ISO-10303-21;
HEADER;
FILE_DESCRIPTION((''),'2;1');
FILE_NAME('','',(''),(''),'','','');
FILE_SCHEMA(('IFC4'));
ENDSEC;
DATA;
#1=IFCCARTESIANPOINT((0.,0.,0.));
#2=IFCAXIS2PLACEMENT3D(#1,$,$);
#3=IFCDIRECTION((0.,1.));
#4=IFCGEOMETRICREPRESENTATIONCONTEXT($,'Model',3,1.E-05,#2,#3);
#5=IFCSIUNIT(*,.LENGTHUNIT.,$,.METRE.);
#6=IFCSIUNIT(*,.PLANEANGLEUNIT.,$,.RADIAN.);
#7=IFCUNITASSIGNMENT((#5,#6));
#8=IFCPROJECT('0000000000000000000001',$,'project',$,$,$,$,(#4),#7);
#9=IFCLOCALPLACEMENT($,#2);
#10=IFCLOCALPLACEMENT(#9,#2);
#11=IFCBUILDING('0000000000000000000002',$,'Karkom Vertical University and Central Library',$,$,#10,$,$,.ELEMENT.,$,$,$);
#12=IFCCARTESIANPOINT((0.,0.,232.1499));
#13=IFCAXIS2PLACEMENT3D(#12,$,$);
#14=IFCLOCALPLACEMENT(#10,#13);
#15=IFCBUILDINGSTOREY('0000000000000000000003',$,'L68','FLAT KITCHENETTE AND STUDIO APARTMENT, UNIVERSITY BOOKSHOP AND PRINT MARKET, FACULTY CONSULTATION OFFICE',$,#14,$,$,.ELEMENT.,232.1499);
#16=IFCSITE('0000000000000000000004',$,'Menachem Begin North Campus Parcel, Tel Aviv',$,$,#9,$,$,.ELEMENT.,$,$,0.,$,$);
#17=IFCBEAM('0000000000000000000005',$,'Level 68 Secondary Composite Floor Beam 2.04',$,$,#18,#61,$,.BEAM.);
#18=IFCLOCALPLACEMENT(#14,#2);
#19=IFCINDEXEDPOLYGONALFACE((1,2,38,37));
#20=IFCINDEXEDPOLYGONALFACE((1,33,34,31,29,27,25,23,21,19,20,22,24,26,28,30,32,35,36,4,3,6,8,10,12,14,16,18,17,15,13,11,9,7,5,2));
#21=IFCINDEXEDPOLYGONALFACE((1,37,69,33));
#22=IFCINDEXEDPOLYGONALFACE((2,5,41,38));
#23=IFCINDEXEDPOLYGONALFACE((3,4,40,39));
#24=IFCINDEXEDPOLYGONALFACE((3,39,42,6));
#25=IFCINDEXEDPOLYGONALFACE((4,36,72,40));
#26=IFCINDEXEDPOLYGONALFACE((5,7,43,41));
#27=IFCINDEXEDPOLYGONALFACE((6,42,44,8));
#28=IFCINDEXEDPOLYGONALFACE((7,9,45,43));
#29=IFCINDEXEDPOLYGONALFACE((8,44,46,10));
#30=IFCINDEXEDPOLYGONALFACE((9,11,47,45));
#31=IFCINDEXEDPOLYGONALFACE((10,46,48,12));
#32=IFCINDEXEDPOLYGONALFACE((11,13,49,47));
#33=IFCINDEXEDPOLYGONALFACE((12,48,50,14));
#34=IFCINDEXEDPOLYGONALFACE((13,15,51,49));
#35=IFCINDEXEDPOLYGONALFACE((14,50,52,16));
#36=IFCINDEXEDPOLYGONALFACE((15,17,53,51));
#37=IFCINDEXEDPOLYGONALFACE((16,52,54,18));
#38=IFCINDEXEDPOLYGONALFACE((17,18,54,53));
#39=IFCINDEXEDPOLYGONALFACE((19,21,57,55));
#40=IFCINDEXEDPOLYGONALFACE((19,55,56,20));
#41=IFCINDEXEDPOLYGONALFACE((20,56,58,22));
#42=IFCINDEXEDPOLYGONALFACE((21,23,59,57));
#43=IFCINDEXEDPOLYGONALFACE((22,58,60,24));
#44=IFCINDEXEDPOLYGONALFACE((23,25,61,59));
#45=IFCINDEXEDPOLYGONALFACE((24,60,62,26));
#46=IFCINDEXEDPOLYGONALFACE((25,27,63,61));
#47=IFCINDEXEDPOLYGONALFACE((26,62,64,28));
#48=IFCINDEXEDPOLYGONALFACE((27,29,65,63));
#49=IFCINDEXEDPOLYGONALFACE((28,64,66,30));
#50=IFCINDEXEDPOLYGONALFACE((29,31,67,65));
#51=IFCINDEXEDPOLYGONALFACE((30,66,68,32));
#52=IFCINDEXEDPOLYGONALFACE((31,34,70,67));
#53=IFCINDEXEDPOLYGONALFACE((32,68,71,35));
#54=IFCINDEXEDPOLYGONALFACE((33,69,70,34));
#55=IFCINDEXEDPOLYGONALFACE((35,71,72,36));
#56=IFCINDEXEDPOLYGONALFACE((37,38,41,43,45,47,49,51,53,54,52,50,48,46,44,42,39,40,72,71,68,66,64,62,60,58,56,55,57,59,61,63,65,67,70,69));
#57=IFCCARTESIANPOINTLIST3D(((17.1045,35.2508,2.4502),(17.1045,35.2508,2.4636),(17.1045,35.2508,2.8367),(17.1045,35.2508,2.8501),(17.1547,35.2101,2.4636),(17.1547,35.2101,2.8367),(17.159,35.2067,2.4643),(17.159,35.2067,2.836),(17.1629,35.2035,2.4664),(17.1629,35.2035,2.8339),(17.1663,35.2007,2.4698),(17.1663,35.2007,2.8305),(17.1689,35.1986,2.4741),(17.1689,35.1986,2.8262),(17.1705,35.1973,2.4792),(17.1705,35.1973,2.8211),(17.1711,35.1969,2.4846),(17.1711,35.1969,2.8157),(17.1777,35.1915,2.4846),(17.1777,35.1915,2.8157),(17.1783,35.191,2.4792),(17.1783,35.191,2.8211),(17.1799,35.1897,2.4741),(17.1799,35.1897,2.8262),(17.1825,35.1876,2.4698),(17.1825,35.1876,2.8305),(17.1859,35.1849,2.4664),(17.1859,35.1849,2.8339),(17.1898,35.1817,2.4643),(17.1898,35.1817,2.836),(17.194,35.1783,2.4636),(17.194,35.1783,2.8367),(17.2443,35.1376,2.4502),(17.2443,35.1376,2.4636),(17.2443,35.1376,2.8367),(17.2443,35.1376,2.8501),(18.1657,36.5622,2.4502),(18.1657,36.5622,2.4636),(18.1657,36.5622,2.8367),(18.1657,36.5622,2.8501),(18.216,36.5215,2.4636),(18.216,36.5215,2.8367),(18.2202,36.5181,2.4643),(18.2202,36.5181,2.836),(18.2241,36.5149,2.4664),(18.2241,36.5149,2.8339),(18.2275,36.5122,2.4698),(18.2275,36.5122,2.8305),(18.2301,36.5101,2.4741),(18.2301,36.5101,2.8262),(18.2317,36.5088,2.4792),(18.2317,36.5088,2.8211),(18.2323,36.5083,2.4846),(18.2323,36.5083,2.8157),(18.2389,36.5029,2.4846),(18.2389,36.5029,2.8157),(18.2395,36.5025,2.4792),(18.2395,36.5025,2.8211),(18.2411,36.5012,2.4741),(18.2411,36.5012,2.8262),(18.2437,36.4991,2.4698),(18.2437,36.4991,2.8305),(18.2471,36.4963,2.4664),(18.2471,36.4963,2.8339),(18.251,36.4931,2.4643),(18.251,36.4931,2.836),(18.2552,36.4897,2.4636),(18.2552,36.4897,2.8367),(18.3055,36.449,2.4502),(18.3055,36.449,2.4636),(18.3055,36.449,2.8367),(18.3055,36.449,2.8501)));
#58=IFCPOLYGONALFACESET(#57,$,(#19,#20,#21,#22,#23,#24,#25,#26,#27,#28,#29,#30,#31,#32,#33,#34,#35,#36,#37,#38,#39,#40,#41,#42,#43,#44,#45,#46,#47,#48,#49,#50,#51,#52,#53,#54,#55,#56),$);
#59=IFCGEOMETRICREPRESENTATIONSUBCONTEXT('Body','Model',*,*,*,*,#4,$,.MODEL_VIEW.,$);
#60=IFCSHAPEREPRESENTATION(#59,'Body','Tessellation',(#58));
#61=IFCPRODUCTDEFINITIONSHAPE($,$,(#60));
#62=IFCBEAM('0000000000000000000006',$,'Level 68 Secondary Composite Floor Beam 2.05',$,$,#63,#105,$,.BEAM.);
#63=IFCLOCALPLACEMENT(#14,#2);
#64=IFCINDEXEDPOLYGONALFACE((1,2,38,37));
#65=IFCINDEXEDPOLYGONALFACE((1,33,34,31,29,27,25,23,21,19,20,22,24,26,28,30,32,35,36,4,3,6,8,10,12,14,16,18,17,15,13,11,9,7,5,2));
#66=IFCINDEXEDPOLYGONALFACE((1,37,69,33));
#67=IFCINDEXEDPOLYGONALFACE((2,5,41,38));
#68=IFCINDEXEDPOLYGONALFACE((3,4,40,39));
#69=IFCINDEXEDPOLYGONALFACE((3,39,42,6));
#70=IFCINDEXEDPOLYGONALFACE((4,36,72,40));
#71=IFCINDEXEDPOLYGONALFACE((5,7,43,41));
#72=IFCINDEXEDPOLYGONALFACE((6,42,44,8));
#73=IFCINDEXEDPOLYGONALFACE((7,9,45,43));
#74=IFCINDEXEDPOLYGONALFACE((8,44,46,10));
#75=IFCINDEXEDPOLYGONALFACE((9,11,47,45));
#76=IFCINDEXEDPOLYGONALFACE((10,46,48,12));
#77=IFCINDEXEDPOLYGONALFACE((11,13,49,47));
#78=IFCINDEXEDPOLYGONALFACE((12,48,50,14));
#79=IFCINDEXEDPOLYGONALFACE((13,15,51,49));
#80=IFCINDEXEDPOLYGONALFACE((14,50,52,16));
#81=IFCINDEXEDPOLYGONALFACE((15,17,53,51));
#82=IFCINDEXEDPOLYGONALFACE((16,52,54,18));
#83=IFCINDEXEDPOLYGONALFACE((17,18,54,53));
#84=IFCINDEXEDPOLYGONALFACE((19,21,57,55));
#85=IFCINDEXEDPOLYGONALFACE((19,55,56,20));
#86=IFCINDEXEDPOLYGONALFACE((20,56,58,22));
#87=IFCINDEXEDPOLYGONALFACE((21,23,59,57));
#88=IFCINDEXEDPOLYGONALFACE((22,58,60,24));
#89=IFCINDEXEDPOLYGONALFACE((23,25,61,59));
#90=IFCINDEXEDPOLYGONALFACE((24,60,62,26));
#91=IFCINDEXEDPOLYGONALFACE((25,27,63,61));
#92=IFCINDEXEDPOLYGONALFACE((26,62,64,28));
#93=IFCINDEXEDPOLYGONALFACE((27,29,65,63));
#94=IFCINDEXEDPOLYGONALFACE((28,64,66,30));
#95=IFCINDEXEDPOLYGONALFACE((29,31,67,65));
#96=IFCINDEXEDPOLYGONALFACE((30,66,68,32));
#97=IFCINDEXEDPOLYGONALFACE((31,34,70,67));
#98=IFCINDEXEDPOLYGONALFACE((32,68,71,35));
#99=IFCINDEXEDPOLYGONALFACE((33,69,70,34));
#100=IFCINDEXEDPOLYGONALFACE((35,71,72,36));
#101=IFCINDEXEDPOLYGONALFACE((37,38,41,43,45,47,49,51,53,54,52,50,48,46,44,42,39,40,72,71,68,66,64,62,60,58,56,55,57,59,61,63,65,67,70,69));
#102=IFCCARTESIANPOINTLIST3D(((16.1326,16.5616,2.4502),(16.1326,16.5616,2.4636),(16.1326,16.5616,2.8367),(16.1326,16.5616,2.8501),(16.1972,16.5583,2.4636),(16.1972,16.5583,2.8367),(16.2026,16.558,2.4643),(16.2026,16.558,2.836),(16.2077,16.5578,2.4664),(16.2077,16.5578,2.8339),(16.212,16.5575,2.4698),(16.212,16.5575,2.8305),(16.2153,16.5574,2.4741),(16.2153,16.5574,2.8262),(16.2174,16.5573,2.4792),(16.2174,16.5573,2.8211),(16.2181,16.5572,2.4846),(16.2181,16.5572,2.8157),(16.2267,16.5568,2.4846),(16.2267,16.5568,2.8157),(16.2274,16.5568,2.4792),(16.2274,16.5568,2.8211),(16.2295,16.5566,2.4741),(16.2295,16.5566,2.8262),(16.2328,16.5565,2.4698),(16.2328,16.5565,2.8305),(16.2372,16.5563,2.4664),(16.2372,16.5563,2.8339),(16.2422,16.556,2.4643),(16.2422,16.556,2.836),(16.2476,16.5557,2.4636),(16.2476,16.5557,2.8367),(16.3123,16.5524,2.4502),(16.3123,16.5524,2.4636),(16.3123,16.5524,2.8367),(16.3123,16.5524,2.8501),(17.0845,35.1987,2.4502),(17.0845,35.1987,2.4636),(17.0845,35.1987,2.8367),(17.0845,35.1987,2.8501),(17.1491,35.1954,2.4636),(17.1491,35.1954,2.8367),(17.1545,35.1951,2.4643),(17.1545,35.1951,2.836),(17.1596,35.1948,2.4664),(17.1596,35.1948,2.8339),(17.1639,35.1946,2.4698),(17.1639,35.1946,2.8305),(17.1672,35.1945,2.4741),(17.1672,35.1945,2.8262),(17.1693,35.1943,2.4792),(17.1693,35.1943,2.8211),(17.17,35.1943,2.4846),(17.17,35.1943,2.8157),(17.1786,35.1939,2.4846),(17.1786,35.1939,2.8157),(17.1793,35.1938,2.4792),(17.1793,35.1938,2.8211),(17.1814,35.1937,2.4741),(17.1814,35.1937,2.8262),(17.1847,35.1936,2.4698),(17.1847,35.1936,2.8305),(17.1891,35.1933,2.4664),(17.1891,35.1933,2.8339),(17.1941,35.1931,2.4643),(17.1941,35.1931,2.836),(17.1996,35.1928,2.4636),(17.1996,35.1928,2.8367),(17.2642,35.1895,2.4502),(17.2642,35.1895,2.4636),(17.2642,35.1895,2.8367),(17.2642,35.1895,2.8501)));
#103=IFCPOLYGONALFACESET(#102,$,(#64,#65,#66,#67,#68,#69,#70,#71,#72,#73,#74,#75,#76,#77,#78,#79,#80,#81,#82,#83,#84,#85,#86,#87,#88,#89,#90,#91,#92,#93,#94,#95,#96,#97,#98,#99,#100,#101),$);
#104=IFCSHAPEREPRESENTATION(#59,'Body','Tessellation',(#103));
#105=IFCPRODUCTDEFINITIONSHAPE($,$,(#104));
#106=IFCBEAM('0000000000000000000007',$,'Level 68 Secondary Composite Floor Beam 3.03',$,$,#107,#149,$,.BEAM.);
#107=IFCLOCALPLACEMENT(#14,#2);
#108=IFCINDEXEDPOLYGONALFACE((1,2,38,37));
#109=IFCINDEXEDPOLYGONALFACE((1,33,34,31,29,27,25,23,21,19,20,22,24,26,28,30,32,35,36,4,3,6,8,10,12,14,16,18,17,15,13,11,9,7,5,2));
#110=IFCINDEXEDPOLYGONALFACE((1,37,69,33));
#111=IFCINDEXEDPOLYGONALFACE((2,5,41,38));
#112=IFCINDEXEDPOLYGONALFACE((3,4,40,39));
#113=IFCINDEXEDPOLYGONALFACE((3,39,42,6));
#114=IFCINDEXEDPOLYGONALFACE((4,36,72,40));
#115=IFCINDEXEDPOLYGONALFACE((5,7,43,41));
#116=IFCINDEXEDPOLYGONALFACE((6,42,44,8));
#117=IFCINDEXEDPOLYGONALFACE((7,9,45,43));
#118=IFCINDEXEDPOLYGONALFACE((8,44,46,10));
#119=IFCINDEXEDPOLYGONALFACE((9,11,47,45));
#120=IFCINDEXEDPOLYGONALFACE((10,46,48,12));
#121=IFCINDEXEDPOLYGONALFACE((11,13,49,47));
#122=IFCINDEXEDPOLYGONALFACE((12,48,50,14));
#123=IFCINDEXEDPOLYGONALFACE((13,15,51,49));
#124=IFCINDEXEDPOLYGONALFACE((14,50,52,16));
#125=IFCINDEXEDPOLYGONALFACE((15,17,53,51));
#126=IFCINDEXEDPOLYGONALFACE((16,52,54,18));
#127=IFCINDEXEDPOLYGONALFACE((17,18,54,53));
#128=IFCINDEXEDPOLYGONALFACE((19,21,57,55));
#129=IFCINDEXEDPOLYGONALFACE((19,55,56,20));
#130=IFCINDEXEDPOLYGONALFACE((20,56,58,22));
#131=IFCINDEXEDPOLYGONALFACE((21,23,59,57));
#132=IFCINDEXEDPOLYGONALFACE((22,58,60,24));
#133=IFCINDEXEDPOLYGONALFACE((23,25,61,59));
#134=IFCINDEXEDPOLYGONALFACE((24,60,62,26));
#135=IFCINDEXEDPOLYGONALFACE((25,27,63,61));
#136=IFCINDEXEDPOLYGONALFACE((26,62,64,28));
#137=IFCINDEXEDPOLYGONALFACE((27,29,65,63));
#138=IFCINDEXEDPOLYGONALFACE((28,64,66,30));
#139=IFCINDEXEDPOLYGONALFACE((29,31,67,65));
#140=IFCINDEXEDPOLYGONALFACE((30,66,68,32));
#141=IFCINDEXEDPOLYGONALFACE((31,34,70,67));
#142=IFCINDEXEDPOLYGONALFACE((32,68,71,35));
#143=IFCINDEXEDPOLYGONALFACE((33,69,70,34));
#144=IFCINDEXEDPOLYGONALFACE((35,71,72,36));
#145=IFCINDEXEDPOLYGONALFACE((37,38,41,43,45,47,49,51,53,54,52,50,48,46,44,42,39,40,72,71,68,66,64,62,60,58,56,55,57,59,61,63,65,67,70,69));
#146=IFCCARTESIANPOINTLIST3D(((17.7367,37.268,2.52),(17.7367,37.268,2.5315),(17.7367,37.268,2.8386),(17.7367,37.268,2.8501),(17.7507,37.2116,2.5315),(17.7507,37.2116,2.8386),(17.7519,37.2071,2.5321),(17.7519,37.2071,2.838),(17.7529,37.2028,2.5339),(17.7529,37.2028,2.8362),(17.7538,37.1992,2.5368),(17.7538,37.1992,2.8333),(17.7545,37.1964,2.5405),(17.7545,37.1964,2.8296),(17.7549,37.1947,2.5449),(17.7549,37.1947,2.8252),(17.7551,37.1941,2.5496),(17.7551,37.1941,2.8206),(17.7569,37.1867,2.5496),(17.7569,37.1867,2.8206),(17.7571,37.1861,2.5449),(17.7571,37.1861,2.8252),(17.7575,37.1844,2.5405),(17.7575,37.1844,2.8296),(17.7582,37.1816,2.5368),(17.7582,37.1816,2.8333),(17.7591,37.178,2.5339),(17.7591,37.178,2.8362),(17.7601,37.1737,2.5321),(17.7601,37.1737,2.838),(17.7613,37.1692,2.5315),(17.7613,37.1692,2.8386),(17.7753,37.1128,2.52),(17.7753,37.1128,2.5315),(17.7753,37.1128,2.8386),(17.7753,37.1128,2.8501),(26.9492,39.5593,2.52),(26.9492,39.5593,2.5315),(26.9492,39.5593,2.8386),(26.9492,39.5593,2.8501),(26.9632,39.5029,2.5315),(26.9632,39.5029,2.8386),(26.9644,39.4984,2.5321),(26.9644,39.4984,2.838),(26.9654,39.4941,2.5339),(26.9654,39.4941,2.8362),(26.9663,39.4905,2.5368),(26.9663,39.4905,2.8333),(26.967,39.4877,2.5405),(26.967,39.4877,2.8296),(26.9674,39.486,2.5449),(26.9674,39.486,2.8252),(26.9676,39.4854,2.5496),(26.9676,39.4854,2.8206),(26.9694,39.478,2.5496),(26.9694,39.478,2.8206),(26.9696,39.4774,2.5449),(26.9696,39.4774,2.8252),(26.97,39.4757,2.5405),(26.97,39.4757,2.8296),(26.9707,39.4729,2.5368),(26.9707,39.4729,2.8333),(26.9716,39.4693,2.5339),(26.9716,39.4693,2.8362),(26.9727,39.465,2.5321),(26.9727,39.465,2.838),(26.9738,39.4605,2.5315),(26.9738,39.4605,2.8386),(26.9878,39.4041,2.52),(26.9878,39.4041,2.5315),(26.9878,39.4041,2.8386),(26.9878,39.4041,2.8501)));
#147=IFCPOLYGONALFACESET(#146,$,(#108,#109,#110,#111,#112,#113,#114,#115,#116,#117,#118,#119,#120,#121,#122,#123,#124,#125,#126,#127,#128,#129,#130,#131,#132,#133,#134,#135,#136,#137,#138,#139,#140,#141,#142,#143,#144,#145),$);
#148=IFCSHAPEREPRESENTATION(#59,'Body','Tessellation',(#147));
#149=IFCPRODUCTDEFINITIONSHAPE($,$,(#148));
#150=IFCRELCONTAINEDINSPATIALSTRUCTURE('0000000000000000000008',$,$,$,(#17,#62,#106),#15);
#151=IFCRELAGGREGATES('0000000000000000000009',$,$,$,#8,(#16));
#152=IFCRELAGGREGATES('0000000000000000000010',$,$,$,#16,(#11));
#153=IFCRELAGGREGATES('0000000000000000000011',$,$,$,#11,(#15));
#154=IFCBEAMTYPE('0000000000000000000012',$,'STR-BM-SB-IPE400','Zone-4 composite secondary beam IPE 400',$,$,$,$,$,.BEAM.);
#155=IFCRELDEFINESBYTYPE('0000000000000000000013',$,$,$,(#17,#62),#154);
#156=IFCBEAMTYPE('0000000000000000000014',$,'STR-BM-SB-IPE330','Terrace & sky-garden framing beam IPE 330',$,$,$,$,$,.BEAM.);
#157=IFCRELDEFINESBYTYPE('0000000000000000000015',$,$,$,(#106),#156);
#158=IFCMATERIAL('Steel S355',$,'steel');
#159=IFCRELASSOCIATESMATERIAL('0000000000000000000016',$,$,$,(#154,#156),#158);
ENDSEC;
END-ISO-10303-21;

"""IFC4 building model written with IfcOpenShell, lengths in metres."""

from ifc_helpers import new_model, si_unit, direction, frame, origin, origin_with_axes, origin_2d, place, context, subcontext, project, spatial, i_section, extrude, source, transform, mapped, material, material_profile, profile_set, type_object, element, save


model = new_model("IFC4")

# Units and contexts
model_context = context("Model", 3, precision=1e-05, world=origin(), true_north=direction((0.0, 1.0)))
body_context = subcontext(model_context, "Body", "Model", "MODEL_VIEW")
ifc_project = project(units=[si_unit("LENGTHUNIT", "METRE"), si_unit("PLANEANGLEUNIT", "RADIAN")], contexts=[model_context])

# Site, building, storey
site_placement = place(None, origin())
site = spatial("IfcSite", under=ifc_project, at=site_placement, Name="Menachem Begin North Campus Parcel, Tel Aviv", CompositionType="ELEMENT", RefElevation=0.0)
building_placement = place(site_placement, origin())
building = spatial("IfcBuilding", under=site, at=building_placement, Name="Karkom Vertical University and Central Library", CompositionType="ELEMENT")
storey_placement = place(building_placement, frame((0.0, 0.0, 232.1499)))
storey = spatial("IfcBuildingStorey", under=building, at=storey_placement, Name="L68", Description="FLAT KITCHENETTE AND STUDIO APARTMENT, UNIVERSITY BOOKSHOP AND PRINT MARKET, FACULTY CONSULTATION OFFICE", CompositionType="ELEMENT", Elevation=232.1499)

# Beams
ifc_material_1 = material(Name="Steel S355", Category="steel")
ifc_material_profile_1 = material_profile(ifc_material_1, i_section(OverallWidth=0.1799, OverallDepth=0.3999, WebThickness=0.0085, FlangeThickness=0.0134, FilletRadius=0.021, at=origin_2d()), Name="IPE 400")
ifc_profile_set_1 = profile_set([ifc_material_profile_1], Name="Steel S355")
beam_type_1 = type_object("IfcBeamType", Name="STR-BM-SB-IPE400", Description="Zone-4 composite secondary beam IPE 400", PredefinedType="BEAM", material=ifc_profile_set_1)
shared_shape_1 = source(origin_with_axes(), body_context, "Body", "SweptSolid", [
    extrude(i_section(OverallWidth=0.1799, OverallDepth=0.3999, WebThickness=0.0085, FlangeThickness=0.0134, FilletRadius=0.021, at=origin_2d()), origin(), (0.0, 0.0, 1.0), 1.687),
])
beam_1_placement = place(storey_placement, frame((18.2356, 36.5056, 2.6501), z_axis=(-0.629044, -0.77737, 0.0), x_axis=(0.77737, -0.629044, 0.0)))
element("IfcBeam", 1, at=beam_1_placement, inside=storey, type_object=beam_type_1, Name="Level 68 Secondary Composite Floor Beam 2.04", PredefinedType="BEAM", context=body_context, shape_type="MappedRepresentation", body=[
    mapped(shared_shape_1, transform((0.0, 0.0, 0.0), scale=1.0)),
])
shared_shape_2 = source(origin_with_axes(), body_context, "Body", "SweptSolid", [
    extrude(i_section(OverallWidth=0.1799, OverallDepth=0.3999, WebThickness=0.0085, FlangeThickness=0.0134, FilletRadius=0.021, at=origin_2d()), origin(), (0.0, 0.0, 1.0), 18.6614),
])
beam_2_placement = place(storey_placement, frame((17.1743, 35.1941, 2.6501), z_axis=(-0.05101, -0.998698, 0.0), x_axis=(0.998698, -0.05101, 0.0)))
element("IfcBeam", 2, at=beam_2_placement, inside=storey, type_object=beam_type_1, Name="Level 68 Secondary Composite Floor Beam 2.05", PredefinedType="BEAM", context=body_context, shape_type="MappedRepresentation", body=[
    mapped(shared_shape_2, transform((0.0, 0.0, 0.0), scale=1.0)),
])
ifc_material_profile_2 = material_profile(ifc_material_1, i_section(OverallWidth=0.1599, OverallDepth=0.3301, WebThickness=0.0076, FlangeThickness=0.0115, FilletRadius=0.0181, at=origin_2d()), Name="IPE 330")
ifc_profile_set_2 = profile_set([ifc_material_profile_2], Name="Steel S355")
beam_type_2 = type_object("IfcBeamType", Name="STR-BM-SB-IPE330", Description="Terrace & sky-garden framing beam IPE 330", PredefinedType="BEAM", material=ifc_profile_set_2)
shared_shape_3 = source(origin_with_axes(), body_context, "Body", "SweptSolid", [
    extrude(i_section(OverallWidth=0.1599, OverallDepth=0.3301, WebThickness=0.0076, FlangeThickness=0.0115, FilletRadius=0.0181, at=origin_2d()), origin(), (0.0, 0.0, 1.0), 9.4932),
])
beam_3_placement = place(storey_placement, frame((26.9685, 39.4817, 2.6851), z_axis=(-0.970435, -0.241362, 0.0), x_axis=(0.241362, -0.970435, 0.0)))
element("IfcBeam", 3, at=beam_3_placement, inside=storey, type_object=beam_type_2, Name="Level 68 Secondary Composite Floor Beam 3.03", PredefinedType="BEAM", context=body_context, shape_type="MappedRepresentation", body=[
    mapped(shared_shape_3, transform((0.0, 0.0, 0.0), scale=1.0)),
])

save(model, "model.ifc")
